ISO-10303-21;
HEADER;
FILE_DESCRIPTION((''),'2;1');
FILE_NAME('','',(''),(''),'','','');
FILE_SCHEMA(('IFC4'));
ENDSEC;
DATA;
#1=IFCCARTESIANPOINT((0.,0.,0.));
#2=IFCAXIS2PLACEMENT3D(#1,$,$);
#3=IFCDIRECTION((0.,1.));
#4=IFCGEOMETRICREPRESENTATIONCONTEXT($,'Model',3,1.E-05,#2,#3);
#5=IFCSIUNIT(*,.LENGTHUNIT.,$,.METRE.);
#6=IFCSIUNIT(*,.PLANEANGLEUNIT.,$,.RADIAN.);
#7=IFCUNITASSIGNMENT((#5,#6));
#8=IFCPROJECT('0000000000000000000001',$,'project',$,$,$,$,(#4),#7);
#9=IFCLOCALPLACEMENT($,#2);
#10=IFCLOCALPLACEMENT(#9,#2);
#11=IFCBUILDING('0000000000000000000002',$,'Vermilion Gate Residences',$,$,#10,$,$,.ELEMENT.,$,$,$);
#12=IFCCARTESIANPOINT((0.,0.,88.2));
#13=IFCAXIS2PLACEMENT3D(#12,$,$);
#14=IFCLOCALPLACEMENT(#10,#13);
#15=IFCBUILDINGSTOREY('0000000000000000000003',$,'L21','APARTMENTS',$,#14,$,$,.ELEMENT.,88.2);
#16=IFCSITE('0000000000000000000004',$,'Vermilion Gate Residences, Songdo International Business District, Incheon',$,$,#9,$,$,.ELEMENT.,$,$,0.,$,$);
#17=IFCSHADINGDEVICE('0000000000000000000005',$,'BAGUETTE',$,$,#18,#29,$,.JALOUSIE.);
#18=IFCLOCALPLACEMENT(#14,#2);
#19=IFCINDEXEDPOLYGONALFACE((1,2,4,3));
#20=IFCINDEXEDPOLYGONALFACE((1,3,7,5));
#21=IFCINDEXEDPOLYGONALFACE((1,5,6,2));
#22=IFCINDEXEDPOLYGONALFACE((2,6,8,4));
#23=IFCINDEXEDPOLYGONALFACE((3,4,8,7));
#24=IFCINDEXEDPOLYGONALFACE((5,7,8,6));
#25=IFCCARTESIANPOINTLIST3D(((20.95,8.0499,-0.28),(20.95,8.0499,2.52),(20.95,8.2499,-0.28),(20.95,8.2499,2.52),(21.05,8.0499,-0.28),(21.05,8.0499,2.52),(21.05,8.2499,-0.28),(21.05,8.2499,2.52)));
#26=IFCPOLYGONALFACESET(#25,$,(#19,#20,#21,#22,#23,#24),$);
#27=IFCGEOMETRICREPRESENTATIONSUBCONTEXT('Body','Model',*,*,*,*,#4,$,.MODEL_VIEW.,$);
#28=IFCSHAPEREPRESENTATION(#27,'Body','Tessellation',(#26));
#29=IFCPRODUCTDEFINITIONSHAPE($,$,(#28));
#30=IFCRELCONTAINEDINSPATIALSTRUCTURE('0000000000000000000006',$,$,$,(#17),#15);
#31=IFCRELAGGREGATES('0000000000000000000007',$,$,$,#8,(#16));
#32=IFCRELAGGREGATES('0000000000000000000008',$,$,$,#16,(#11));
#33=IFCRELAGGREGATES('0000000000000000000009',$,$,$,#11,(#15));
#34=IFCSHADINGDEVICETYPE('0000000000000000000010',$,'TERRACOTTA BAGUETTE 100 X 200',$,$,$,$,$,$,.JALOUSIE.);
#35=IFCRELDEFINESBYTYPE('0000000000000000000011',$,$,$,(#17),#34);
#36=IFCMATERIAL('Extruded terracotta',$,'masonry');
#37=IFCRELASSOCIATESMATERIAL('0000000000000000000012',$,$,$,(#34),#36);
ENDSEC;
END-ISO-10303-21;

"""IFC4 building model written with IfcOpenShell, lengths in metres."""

from ifc_helpers import new_model, si_unit, direction, frame, origin, origin_2d, place, context, subcontext, project, spatial, rectangle, extrude, material, material_profile, profile_set, type_object, element, save


model = new_model("IFC4")

# Units and contexts
model_context = context("Model", 3, precision=1e-05, world=origin(), true_north=direction((0.0, 1.0)))
body_context = subcontext(model_context, "Body", "Model", "MODEL_VIEW")
ifc_project = project(units=[si_unit("LENGTHUNIT", "METRE"), si_unit("PLANEANGLEUNIT", "RADIAN")], contexts=[model_context])

# Site, building, storey
site_placement = place(None, origin())
site = spatial("IfcSite", under=ifc_project, at=site_placement, Name="Vermilion Gate Residences, Songdo International Business District, Incheon", CompositionType="ELEMENT", RefElevation=0.0)
building_placement = place(site_placement, origin())
building = spatial("IfcBuilding", under=site, at=building_placement, Name="Vermilion Gate Residences", CompositionType="ELEMENT")
storey_placement = place(building_placement, frame((0.0, 0.0, 88.2)))
storey = spatial("IfcBuildingStorey", under=building, at=storey_placement, Name="L21", Description="APARTMENTS", CompositionType="ELEMENT", Elevation=88.2)

# Shading device
ifc_material_1 = material(Name="Extruded terracotta", Category="masonry")
ifc_material_profile_1 = material_profile(ifc_material_1, rectangle(XDim=0.2, YDim=0.1001, at=origin_2d()), Name="BAGUETTE 100 X 200")
ifc_profile_set_1 = profile_set([ifc_material_profile_1], Name="Extruded terracotta")
shading_device_type_1 = type_object("IfcShadingDeviceType", Name="TERRACOTTA BAGUETTE 100 X 200", PredefinedType="JALOUSIE", material=ifc_profile_set_1)
shading_device_1_placement = place(storey_placement, frame((21.0, 8.1499, -0.28), z_axis=(0.0, 0.0, 1.0), x_axis=(0.0, 1.0, 0.0)))
element("IfcShadingDevice", 1, at=shading_device_1_placement, inside=storey, type_object=shading_device_type_1, Name="BAGUETTE", PredefinedType="JALOUSIE", context=body_context, shape_type="SweptSolid", body=[
    extrude(rectangle(XDim=0.2, YDim=0.1001, at=origin_2d()), origin(), (0.0, 0.0, 1.0), 2.8),
])

save(model, "model.ifc")
